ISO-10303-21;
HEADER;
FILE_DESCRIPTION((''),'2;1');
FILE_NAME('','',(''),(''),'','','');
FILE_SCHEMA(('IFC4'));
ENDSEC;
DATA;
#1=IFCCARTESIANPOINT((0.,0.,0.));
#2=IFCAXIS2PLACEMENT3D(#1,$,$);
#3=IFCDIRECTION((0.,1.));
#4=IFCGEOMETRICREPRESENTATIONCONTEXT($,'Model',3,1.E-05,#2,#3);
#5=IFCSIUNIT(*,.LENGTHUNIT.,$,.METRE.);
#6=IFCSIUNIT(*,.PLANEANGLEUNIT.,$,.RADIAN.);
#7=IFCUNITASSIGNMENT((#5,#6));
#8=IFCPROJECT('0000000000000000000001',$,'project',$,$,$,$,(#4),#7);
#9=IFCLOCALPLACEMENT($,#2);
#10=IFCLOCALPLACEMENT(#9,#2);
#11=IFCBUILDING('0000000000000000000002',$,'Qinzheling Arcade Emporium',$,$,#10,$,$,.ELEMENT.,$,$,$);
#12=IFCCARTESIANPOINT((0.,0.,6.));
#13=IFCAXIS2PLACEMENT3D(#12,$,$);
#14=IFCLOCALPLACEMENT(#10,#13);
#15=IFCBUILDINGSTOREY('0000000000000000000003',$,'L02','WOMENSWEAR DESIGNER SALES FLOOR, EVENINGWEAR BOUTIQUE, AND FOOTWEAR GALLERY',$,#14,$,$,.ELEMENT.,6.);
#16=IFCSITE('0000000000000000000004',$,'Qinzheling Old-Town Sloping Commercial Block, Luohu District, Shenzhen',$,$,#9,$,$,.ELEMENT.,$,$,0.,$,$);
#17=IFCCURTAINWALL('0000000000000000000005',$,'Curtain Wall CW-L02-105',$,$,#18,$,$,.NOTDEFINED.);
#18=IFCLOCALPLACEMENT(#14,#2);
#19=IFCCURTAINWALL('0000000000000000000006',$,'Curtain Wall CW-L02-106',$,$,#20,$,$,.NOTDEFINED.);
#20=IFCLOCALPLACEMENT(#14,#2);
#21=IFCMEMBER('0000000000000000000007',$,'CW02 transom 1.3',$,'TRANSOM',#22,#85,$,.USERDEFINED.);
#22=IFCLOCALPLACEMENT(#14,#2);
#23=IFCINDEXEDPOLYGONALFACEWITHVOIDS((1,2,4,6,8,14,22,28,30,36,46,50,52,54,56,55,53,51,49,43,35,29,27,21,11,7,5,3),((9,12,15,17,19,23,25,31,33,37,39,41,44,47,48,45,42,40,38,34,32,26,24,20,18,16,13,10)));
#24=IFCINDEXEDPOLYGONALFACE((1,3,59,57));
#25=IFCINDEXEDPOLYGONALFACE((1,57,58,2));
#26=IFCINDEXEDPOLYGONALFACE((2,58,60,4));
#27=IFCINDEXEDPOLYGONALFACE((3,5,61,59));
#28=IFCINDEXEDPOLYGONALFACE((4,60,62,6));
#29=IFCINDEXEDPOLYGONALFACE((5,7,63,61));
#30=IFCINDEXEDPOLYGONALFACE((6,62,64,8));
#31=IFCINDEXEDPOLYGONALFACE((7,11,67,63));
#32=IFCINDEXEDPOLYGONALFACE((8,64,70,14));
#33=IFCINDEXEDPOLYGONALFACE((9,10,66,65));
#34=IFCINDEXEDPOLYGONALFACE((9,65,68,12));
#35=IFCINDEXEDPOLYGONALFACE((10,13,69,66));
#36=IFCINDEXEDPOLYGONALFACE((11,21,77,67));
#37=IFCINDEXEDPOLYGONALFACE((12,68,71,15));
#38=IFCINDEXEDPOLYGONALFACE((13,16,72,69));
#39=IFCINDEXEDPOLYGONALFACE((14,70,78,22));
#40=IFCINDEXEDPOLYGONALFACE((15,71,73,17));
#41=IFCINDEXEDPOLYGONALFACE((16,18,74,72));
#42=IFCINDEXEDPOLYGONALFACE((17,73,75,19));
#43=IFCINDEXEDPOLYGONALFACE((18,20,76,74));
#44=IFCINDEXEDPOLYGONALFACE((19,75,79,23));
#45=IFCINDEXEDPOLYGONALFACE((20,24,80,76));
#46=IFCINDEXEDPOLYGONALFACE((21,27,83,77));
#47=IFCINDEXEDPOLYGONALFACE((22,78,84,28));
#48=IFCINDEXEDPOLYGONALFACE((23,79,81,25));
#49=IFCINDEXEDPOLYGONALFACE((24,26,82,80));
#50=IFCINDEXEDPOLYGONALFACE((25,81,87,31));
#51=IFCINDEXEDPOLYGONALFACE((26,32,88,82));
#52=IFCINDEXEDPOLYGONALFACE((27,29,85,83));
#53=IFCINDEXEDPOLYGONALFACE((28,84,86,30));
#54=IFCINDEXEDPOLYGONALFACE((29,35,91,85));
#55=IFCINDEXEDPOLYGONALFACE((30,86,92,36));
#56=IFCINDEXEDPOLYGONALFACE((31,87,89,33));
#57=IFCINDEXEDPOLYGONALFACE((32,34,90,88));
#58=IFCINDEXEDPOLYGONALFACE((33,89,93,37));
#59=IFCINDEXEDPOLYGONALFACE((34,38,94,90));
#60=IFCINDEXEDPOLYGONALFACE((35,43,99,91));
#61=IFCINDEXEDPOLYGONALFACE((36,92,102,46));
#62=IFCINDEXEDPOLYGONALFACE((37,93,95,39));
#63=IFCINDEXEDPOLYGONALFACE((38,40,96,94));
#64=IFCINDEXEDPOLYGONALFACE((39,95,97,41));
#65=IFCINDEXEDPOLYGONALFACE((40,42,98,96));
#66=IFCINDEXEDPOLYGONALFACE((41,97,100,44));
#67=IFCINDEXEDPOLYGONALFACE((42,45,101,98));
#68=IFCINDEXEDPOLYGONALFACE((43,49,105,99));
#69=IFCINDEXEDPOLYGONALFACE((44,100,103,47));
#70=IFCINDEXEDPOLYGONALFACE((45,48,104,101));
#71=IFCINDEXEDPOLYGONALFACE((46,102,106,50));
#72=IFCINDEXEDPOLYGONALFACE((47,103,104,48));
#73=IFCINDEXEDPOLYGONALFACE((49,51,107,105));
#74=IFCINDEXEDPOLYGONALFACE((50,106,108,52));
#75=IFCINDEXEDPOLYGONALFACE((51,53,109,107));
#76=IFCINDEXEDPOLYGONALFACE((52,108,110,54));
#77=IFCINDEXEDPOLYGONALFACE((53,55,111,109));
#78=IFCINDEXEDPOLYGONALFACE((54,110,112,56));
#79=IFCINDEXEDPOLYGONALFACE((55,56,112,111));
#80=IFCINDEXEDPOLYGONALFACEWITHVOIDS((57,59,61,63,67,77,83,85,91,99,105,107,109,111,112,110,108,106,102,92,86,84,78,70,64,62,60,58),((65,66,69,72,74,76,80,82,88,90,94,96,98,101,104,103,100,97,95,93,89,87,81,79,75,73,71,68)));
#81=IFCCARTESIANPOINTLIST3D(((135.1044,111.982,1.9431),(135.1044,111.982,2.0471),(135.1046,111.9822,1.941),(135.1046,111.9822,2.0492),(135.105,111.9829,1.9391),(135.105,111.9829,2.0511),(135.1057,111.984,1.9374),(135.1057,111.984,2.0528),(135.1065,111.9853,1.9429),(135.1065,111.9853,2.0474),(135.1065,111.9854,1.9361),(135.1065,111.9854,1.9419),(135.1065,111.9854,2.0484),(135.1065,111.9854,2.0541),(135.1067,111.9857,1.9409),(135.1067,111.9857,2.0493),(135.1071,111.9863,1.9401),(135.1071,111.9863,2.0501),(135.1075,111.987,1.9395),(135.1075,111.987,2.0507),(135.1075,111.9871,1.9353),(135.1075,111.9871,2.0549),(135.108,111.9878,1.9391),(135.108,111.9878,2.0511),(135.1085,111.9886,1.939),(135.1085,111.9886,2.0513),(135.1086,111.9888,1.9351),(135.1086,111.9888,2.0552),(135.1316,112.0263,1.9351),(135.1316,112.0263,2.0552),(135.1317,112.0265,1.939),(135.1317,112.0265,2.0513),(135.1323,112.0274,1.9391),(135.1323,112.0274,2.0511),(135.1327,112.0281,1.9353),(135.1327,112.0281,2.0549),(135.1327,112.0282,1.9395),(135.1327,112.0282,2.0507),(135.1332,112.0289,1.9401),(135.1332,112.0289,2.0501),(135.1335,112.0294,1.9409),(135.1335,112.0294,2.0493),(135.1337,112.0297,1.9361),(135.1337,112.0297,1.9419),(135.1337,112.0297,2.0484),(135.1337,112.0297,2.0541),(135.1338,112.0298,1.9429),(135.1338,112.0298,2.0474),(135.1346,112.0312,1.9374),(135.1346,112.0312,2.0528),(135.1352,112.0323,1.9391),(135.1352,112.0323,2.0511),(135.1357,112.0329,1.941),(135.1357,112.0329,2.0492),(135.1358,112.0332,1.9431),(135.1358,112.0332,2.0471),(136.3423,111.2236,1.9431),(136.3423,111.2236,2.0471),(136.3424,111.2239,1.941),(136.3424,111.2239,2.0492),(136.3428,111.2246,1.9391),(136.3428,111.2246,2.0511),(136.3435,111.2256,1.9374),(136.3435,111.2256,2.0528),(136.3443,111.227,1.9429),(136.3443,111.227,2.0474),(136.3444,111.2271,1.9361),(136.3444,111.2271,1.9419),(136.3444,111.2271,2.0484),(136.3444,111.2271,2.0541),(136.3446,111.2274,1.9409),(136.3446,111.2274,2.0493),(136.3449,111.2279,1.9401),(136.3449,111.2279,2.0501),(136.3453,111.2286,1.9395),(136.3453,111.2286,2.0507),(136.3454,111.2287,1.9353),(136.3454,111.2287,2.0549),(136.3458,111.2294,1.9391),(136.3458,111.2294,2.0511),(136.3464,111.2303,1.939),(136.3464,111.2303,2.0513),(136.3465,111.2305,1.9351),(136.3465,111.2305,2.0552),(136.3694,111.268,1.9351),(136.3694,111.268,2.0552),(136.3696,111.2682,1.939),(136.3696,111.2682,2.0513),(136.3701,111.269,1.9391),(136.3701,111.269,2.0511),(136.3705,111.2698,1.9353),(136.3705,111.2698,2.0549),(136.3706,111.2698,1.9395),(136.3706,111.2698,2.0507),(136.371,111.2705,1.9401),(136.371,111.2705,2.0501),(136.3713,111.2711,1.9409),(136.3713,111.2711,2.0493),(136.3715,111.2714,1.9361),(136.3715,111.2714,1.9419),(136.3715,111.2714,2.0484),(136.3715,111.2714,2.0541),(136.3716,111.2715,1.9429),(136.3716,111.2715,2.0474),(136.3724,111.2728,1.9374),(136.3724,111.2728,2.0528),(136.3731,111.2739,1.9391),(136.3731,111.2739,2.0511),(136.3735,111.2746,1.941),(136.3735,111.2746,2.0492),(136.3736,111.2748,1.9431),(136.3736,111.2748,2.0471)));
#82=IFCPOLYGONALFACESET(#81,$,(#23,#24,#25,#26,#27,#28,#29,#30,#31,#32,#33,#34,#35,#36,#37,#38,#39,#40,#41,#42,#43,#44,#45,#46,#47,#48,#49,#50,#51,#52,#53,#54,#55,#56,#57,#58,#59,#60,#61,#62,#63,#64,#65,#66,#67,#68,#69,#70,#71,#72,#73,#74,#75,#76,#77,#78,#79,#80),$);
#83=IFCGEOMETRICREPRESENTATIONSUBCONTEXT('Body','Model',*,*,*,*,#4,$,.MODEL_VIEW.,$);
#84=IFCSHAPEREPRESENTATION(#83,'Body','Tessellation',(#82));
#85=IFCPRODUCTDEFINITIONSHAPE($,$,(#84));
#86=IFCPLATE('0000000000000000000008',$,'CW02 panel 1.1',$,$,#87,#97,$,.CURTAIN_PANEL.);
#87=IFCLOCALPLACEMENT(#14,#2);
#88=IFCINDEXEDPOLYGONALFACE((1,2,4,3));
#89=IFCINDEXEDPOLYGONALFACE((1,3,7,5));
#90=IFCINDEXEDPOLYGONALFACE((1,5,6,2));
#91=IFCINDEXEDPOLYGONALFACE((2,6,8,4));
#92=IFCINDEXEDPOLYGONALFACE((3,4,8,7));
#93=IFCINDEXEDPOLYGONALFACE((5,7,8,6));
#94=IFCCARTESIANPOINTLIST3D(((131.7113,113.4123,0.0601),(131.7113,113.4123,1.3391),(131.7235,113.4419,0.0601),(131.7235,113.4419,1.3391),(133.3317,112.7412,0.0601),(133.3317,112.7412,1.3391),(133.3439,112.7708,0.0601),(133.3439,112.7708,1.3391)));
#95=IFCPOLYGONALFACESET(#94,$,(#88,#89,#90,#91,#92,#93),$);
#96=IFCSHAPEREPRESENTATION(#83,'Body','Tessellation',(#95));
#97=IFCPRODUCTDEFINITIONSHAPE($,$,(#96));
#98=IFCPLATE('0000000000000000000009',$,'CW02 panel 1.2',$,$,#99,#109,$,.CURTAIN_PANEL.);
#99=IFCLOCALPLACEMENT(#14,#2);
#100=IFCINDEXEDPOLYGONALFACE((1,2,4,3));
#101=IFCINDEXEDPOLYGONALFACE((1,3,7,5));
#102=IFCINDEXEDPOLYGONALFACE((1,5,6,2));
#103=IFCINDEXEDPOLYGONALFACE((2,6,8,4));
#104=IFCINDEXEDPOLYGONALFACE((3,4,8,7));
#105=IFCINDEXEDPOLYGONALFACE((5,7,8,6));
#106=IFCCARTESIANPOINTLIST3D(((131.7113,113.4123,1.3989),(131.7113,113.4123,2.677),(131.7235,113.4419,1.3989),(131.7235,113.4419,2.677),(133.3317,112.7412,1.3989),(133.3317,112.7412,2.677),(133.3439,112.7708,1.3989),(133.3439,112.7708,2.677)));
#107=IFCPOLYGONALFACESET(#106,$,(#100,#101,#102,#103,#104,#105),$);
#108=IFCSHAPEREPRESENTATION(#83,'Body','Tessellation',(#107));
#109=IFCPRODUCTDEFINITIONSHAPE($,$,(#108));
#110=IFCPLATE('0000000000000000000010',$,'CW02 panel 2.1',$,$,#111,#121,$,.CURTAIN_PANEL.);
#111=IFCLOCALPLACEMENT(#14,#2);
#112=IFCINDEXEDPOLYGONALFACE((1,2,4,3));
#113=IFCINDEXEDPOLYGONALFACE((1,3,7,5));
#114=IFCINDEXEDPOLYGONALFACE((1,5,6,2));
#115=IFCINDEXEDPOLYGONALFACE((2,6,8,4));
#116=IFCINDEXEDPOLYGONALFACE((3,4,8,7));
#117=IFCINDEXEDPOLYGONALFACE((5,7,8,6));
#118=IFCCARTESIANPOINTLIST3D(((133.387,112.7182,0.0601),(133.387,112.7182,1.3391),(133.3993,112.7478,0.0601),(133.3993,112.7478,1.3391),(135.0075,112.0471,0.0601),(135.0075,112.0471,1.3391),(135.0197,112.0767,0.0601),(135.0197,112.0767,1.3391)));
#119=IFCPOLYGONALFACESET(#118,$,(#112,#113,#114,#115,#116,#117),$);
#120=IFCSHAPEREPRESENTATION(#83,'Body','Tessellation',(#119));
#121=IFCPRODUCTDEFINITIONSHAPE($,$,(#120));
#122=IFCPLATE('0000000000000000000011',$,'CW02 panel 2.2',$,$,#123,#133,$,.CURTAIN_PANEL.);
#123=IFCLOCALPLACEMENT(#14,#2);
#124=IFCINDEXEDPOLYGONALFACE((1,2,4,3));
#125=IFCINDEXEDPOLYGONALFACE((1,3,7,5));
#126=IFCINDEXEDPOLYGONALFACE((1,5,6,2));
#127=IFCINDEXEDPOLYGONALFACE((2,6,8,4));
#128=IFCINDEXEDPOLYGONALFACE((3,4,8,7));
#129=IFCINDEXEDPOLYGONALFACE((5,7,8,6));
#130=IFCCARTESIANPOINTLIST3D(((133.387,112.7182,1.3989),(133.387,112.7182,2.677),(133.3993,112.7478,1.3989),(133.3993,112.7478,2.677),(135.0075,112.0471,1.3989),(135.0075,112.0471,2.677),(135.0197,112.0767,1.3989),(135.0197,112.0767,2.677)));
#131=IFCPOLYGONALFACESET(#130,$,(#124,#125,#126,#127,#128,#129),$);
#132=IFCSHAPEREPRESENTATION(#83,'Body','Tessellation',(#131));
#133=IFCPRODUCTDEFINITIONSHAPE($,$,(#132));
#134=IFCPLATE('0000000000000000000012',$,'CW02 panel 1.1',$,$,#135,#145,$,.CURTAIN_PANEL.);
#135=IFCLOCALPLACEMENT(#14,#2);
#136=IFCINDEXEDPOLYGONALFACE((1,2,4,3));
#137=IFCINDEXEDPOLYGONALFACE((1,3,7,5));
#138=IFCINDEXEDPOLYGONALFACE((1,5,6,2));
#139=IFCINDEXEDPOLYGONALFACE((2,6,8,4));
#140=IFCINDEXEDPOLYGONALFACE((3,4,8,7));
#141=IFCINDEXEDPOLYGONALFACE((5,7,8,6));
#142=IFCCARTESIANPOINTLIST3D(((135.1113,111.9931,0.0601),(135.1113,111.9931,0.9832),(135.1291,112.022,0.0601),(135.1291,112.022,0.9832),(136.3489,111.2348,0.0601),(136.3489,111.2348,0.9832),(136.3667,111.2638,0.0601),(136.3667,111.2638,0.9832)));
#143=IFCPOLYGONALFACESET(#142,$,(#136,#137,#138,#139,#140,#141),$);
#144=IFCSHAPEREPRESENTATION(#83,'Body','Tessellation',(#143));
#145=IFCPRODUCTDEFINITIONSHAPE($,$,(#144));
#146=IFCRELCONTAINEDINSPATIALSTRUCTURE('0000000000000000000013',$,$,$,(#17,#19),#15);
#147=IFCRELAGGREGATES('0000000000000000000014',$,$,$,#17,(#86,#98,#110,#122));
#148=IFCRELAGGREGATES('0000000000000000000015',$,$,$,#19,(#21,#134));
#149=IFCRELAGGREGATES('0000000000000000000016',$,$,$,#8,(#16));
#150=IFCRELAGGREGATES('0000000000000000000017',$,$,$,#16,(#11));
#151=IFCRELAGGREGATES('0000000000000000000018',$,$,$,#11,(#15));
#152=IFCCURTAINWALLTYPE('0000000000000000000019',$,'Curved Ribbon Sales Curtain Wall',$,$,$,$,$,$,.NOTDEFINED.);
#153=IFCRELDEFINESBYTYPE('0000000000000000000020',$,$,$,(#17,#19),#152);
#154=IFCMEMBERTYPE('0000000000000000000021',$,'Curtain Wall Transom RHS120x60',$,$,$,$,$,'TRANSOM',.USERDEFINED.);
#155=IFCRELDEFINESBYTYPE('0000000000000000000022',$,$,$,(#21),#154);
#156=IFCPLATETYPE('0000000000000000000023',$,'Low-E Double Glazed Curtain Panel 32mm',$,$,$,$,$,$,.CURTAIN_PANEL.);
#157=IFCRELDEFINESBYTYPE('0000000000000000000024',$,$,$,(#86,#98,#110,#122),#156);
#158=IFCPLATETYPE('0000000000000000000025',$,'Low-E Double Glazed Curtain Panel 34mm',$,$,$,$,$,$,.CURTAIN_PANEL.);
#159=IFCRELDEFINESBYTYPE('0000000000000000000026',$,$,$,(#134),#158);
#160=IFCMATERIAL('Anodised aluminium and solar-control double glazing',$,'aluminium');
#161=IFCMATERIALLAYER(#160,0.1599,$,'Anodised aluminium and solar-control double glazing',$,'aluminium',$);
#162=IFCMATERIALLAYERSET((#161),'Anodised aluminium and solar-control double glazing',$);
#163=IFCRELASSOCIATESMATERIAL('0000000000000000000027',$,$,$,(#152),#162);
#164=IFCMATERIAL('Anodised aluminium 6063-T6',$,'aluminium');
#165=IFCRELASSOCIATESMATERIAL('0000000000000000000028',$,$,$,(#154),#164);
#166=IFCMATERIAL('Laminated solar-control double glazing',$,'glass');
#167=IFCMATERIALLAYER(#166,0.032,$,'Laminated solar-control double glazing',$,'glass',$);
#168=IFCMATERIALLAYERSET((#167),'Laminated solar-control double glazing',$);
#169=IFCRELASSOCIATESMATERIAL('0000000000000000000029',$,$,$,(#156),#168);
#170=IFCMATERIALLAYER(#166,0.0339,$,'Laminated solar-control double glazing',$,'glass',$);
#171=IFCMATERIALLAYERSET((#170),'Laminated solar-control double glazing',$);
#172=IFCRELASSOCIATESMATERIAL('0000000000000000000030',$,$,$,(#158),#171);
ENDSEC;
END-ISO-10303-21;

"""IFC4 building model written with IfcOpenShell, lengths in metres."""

from ifc_helpers import new_model, si_unit, direction, frame, origin, origin_2d, place, context, subcontext, project, spatial, rectangle, hollow_rectangle, extrude, material, layer, layer_set, material_profile, profile_set, type_object, element, aggregate, save


model = new_model("IFC4")

# Units and contexts
model_context = context("Model", 3, precision=1e-05, world=origin(), true_north=direction((0.0, 1.0)))
body_context = subcontext(model_context, "Body", "Model", "MODEL_VIEW")
ifc_project = project(units=[si_unit("LENGTHUNIT", "METRE"), si_unit("PLANEANGLEUNIT", "RADIAN")], contexts=[model_context])

# Site, building, storey
site_placement = place(None, origin())
site = spatial("IfcSite", under=ifc_project, at=site_placement, Name="Qinzheling Old-Town Sloping Commercial Block, Luohu District, Shenzhen", CompositionType="ELEMENT", RefElevation=0.0)
building_placement = place(site_placement, origin())
building = spatial("IfcBuilding", under=site, at=building_placement, Name="Qinzheling Arcade Emporium", CompositionType="ELEMENT")
storey_placement = place(building_placement, frame((0.0, 0.0, 6.0)))
storey = spatial("IfcBuildingStorey", under=building, at=storey_placement, Name="L02", Description="WOMENSWEAR DESIGNER SALES FLOOR, EVENINGWEAR BOUTIQUE, AND FOOTWEAR GALLERY", CompositionType="ELEMENT", Elevation=6.0)

# Curtain wall
ifc_material_1 = material(Name="Anodised aluminium and solar-control double glazing", Category="aluminium")
ifc_layer_1 = layer(ifc_material_1, 0.1599, Name="Anodised aluminium and solar-control double glazing", Category="aluminium")
ifc_layer_set_1 = layer_set([ifc_layer_1], Name="Anodised aluminium and solar-control double glazing")
curtain_wall_type = type_object("IfcCurtainWallType", Name="Curved Ribbon Sales Curtain Wall", PredefinedType="NOTDEFINED", material=ifc_layer_set_1)
curtain_wall_1_placement = place(storey_placement, origin())
curtain_wall_1 = element("IfcCurtainWall", 1, at=curtain_wall_1_placement, inside=storey, type_object=curtain_wall_type, Name="Curtain Wall CW-L02-105", PredefinedType="NOTDEFINED")
ifc_material_2 = material(Name="Anodised aluminium 6063-T6", Category="aluminium")

# Curtain wall
curtain_wall_2_placement = place(storey_placement, origin())
curtain_wall_2 = element("IfcCurtainWall", 2, at=curtain_wall_2_placement, inside=storey, type_object=curtain_wall_type, Name="Curtain Wall CW-L02-106", PredefinedType="NOTDEFINED")

# Member
ifc_material_profile_1 = material_profile(ifc_material_2, hollow_rectangle(XDim=0.0601, YDim=0.1201, WallThickness=0.0039, InnerFilletRadius=0.0039, OuterFilletRadius=0.0081, at=origin_2d()), Name="RHS 120x60x4", Category="aluminium")
ifc_profile_set_1 = profile_set([ifc_material_profile_1], Name="Anodised aluminium 6063-T6")
member_type_1 = type_object("IfcMemberType", Name="Curtain Wall Transom RHS120x60", ElementType="TRANSOM", PredefinedType="USERDEFINED", material=ifc_profile_set_1)
member_1_placement = place(storey_placement, frame((135.1201, 112.0076, 1.9951), z_axis=(0.852708, -0.522389, 0.0), x_axis=(0.522389, 0.852708, 0.0)))
member_1 = element("IfcMember", 3, at=member_1_placement, type_object=member_type_1, Name="CW02 transom 1.3", ObjectType="TRANSOM", PredefinedType="USERDEFINED", context=body_context, shape_type="SweptSolid", body=[
    extrude(hollow_rectangle(XDim=0.0601, YDim=0.1201, WallThickness=0.0039, InnerFilletRadius=0.0039, OuterFilletRadius=0.0081, at=origin_2d()), origin(), (0.0, 0.0, 1.0), 1.4517),
])

# Plates
ifc_material_3 = material(Name="Laminated solar-control double glazing", Category="glass")
ifc_layer_2 = layer(ifc_material_3, 0.032, Name="Laminated solar-control double glazing", Category="glass")
ifc_layer_set_2 = layer_set([ifc_layer_2], Name="Laminated solar-control double glazing")
plate_type_1 = type_object("IfcPlateType", Name="Low-E Double Glazed Curtain Panel 32mm", PredefinedType="CURTAIN_PANEL", material=ifc_layer_set_2)
plate_1_placement = place(storey_placement, frame((132.5276, 113.0916, 0.0601), z_axis=(0.0, 0.0, 1.0), x_axis=(0.923901, -0.382631, 0.0)))
plate_1 = element("IfcPlate", 4, at=plate_1_placement, type_object=plate_type_1, Name="CW02 panel 1.1", PredefinedType="CURTAIN_PANEL", context=body_context, shape_type="SweptSolid", body=[
    extrude(rectangle(XDim=1.7539, YDim=0.032, at=origin_2d()), origin(), (0.0, 0.0, 1.0), 1.2791),
])
plate_2_placement = place(storey_placement, frame((132.5276, 113.0916, 1.3989), z_axis=(0.0, 0.0, 1.0), x_axis=(0.923901, -0.382631, 0.0)))
plate_2 = element("IfcPlate", 5, at=plate_2_placement, type_object=plate_type_1, Name="CW02 panel 1.2", PredefinedType="CURTAIN_PANEL", context=body_context, shape_type="SweptSolid", body=[
    extrude(rectangle(XDim=1.7539, YDim=0.032, at=origin_2d()), origin(), (0.0, 0.0, 1.0), 1.2781),
])
plate_3_placement = place(storey_placement, frame((134.2034, 112.3975, 0.0601), z_axis=(0.0, 0.0, 1.0), x_axis=(0.923901, -0.382631, 0.0)))
plate_3 = element("IfcPlate", 6, at=plate_3_placement, type_object=plate_type_1, Name="CW02 panel 2.1", PredefinedType="CURTAIN_PANEL", context=body_context, shape_type="SweptSolid", body=[
    extrude(rectangle(XDim=1.7539, YDim=0.032, at=origin_2d()), origin(), (0.0, 0.0, 1.0), 1.2791),
])
plate_4_placement = place(storey_placement, frame((134.2034, 112.3975, 1.3989), z_axis=(0.0, 0.0, 1.0), x_axis=(0.923901, -0.382631, 0.0)))
plate_4 = element("IfcPlate", 7, at=plate_4_placement, type_object=plate_type_1, Name="CW02 panel 2.2", PredefinedType="CURTAIN_PANEL", context=body_context, shape_type="SweptSolid", body=[
    extrude(rectangle(XDim=1.7539, YDim=0.032, at=origin_2d()), origin(), (0.0, 0.0, 1.0), 1.2781),
])
aggregate(curtain_wall_1, [plate_1, plate_2, plate_3, plate_4])
ifc_layer_3 = layer(ifc_material_3, 0.0339, Name="Laminated solar-control double glazing", Category="glass")
ifc_layer_set_3 = layer_set([ifc_layer_3], Name="Laminated solar-control double glazing")
plate_type_2 = type_object("IfcPlateType", Name="Low-E Double Glazed Curtain Panel 34mm", PredefinedType="CURTAIN_PANEL", material=ifc_layer_set_3)
plate_5_placement = place(storey_placement, frame((135.739, 111.6284, 0.0601), z_axis=(0.0, 0.0, 1.0), x_axis=(0.852684, -0.522428, 0.0)))
plate_5 = element("IfcPlate", 8, at=plate_5_placement, type_object=plate_type_2, Name="CW02 panel 1.1", PredefinedType="CURTAIN_PANEL", context=body_context, shape_type="SweptSolid", body=[
    extrude(rectangle(XDim=1.4514, YDim=0.0339, at=origin_2d()), origin(), (0.0, 0.0, 1.0), 0.9231),
])
aggregate(curtain_wall_2, [member_1, plate_5])

save(model, "model.ifc")
